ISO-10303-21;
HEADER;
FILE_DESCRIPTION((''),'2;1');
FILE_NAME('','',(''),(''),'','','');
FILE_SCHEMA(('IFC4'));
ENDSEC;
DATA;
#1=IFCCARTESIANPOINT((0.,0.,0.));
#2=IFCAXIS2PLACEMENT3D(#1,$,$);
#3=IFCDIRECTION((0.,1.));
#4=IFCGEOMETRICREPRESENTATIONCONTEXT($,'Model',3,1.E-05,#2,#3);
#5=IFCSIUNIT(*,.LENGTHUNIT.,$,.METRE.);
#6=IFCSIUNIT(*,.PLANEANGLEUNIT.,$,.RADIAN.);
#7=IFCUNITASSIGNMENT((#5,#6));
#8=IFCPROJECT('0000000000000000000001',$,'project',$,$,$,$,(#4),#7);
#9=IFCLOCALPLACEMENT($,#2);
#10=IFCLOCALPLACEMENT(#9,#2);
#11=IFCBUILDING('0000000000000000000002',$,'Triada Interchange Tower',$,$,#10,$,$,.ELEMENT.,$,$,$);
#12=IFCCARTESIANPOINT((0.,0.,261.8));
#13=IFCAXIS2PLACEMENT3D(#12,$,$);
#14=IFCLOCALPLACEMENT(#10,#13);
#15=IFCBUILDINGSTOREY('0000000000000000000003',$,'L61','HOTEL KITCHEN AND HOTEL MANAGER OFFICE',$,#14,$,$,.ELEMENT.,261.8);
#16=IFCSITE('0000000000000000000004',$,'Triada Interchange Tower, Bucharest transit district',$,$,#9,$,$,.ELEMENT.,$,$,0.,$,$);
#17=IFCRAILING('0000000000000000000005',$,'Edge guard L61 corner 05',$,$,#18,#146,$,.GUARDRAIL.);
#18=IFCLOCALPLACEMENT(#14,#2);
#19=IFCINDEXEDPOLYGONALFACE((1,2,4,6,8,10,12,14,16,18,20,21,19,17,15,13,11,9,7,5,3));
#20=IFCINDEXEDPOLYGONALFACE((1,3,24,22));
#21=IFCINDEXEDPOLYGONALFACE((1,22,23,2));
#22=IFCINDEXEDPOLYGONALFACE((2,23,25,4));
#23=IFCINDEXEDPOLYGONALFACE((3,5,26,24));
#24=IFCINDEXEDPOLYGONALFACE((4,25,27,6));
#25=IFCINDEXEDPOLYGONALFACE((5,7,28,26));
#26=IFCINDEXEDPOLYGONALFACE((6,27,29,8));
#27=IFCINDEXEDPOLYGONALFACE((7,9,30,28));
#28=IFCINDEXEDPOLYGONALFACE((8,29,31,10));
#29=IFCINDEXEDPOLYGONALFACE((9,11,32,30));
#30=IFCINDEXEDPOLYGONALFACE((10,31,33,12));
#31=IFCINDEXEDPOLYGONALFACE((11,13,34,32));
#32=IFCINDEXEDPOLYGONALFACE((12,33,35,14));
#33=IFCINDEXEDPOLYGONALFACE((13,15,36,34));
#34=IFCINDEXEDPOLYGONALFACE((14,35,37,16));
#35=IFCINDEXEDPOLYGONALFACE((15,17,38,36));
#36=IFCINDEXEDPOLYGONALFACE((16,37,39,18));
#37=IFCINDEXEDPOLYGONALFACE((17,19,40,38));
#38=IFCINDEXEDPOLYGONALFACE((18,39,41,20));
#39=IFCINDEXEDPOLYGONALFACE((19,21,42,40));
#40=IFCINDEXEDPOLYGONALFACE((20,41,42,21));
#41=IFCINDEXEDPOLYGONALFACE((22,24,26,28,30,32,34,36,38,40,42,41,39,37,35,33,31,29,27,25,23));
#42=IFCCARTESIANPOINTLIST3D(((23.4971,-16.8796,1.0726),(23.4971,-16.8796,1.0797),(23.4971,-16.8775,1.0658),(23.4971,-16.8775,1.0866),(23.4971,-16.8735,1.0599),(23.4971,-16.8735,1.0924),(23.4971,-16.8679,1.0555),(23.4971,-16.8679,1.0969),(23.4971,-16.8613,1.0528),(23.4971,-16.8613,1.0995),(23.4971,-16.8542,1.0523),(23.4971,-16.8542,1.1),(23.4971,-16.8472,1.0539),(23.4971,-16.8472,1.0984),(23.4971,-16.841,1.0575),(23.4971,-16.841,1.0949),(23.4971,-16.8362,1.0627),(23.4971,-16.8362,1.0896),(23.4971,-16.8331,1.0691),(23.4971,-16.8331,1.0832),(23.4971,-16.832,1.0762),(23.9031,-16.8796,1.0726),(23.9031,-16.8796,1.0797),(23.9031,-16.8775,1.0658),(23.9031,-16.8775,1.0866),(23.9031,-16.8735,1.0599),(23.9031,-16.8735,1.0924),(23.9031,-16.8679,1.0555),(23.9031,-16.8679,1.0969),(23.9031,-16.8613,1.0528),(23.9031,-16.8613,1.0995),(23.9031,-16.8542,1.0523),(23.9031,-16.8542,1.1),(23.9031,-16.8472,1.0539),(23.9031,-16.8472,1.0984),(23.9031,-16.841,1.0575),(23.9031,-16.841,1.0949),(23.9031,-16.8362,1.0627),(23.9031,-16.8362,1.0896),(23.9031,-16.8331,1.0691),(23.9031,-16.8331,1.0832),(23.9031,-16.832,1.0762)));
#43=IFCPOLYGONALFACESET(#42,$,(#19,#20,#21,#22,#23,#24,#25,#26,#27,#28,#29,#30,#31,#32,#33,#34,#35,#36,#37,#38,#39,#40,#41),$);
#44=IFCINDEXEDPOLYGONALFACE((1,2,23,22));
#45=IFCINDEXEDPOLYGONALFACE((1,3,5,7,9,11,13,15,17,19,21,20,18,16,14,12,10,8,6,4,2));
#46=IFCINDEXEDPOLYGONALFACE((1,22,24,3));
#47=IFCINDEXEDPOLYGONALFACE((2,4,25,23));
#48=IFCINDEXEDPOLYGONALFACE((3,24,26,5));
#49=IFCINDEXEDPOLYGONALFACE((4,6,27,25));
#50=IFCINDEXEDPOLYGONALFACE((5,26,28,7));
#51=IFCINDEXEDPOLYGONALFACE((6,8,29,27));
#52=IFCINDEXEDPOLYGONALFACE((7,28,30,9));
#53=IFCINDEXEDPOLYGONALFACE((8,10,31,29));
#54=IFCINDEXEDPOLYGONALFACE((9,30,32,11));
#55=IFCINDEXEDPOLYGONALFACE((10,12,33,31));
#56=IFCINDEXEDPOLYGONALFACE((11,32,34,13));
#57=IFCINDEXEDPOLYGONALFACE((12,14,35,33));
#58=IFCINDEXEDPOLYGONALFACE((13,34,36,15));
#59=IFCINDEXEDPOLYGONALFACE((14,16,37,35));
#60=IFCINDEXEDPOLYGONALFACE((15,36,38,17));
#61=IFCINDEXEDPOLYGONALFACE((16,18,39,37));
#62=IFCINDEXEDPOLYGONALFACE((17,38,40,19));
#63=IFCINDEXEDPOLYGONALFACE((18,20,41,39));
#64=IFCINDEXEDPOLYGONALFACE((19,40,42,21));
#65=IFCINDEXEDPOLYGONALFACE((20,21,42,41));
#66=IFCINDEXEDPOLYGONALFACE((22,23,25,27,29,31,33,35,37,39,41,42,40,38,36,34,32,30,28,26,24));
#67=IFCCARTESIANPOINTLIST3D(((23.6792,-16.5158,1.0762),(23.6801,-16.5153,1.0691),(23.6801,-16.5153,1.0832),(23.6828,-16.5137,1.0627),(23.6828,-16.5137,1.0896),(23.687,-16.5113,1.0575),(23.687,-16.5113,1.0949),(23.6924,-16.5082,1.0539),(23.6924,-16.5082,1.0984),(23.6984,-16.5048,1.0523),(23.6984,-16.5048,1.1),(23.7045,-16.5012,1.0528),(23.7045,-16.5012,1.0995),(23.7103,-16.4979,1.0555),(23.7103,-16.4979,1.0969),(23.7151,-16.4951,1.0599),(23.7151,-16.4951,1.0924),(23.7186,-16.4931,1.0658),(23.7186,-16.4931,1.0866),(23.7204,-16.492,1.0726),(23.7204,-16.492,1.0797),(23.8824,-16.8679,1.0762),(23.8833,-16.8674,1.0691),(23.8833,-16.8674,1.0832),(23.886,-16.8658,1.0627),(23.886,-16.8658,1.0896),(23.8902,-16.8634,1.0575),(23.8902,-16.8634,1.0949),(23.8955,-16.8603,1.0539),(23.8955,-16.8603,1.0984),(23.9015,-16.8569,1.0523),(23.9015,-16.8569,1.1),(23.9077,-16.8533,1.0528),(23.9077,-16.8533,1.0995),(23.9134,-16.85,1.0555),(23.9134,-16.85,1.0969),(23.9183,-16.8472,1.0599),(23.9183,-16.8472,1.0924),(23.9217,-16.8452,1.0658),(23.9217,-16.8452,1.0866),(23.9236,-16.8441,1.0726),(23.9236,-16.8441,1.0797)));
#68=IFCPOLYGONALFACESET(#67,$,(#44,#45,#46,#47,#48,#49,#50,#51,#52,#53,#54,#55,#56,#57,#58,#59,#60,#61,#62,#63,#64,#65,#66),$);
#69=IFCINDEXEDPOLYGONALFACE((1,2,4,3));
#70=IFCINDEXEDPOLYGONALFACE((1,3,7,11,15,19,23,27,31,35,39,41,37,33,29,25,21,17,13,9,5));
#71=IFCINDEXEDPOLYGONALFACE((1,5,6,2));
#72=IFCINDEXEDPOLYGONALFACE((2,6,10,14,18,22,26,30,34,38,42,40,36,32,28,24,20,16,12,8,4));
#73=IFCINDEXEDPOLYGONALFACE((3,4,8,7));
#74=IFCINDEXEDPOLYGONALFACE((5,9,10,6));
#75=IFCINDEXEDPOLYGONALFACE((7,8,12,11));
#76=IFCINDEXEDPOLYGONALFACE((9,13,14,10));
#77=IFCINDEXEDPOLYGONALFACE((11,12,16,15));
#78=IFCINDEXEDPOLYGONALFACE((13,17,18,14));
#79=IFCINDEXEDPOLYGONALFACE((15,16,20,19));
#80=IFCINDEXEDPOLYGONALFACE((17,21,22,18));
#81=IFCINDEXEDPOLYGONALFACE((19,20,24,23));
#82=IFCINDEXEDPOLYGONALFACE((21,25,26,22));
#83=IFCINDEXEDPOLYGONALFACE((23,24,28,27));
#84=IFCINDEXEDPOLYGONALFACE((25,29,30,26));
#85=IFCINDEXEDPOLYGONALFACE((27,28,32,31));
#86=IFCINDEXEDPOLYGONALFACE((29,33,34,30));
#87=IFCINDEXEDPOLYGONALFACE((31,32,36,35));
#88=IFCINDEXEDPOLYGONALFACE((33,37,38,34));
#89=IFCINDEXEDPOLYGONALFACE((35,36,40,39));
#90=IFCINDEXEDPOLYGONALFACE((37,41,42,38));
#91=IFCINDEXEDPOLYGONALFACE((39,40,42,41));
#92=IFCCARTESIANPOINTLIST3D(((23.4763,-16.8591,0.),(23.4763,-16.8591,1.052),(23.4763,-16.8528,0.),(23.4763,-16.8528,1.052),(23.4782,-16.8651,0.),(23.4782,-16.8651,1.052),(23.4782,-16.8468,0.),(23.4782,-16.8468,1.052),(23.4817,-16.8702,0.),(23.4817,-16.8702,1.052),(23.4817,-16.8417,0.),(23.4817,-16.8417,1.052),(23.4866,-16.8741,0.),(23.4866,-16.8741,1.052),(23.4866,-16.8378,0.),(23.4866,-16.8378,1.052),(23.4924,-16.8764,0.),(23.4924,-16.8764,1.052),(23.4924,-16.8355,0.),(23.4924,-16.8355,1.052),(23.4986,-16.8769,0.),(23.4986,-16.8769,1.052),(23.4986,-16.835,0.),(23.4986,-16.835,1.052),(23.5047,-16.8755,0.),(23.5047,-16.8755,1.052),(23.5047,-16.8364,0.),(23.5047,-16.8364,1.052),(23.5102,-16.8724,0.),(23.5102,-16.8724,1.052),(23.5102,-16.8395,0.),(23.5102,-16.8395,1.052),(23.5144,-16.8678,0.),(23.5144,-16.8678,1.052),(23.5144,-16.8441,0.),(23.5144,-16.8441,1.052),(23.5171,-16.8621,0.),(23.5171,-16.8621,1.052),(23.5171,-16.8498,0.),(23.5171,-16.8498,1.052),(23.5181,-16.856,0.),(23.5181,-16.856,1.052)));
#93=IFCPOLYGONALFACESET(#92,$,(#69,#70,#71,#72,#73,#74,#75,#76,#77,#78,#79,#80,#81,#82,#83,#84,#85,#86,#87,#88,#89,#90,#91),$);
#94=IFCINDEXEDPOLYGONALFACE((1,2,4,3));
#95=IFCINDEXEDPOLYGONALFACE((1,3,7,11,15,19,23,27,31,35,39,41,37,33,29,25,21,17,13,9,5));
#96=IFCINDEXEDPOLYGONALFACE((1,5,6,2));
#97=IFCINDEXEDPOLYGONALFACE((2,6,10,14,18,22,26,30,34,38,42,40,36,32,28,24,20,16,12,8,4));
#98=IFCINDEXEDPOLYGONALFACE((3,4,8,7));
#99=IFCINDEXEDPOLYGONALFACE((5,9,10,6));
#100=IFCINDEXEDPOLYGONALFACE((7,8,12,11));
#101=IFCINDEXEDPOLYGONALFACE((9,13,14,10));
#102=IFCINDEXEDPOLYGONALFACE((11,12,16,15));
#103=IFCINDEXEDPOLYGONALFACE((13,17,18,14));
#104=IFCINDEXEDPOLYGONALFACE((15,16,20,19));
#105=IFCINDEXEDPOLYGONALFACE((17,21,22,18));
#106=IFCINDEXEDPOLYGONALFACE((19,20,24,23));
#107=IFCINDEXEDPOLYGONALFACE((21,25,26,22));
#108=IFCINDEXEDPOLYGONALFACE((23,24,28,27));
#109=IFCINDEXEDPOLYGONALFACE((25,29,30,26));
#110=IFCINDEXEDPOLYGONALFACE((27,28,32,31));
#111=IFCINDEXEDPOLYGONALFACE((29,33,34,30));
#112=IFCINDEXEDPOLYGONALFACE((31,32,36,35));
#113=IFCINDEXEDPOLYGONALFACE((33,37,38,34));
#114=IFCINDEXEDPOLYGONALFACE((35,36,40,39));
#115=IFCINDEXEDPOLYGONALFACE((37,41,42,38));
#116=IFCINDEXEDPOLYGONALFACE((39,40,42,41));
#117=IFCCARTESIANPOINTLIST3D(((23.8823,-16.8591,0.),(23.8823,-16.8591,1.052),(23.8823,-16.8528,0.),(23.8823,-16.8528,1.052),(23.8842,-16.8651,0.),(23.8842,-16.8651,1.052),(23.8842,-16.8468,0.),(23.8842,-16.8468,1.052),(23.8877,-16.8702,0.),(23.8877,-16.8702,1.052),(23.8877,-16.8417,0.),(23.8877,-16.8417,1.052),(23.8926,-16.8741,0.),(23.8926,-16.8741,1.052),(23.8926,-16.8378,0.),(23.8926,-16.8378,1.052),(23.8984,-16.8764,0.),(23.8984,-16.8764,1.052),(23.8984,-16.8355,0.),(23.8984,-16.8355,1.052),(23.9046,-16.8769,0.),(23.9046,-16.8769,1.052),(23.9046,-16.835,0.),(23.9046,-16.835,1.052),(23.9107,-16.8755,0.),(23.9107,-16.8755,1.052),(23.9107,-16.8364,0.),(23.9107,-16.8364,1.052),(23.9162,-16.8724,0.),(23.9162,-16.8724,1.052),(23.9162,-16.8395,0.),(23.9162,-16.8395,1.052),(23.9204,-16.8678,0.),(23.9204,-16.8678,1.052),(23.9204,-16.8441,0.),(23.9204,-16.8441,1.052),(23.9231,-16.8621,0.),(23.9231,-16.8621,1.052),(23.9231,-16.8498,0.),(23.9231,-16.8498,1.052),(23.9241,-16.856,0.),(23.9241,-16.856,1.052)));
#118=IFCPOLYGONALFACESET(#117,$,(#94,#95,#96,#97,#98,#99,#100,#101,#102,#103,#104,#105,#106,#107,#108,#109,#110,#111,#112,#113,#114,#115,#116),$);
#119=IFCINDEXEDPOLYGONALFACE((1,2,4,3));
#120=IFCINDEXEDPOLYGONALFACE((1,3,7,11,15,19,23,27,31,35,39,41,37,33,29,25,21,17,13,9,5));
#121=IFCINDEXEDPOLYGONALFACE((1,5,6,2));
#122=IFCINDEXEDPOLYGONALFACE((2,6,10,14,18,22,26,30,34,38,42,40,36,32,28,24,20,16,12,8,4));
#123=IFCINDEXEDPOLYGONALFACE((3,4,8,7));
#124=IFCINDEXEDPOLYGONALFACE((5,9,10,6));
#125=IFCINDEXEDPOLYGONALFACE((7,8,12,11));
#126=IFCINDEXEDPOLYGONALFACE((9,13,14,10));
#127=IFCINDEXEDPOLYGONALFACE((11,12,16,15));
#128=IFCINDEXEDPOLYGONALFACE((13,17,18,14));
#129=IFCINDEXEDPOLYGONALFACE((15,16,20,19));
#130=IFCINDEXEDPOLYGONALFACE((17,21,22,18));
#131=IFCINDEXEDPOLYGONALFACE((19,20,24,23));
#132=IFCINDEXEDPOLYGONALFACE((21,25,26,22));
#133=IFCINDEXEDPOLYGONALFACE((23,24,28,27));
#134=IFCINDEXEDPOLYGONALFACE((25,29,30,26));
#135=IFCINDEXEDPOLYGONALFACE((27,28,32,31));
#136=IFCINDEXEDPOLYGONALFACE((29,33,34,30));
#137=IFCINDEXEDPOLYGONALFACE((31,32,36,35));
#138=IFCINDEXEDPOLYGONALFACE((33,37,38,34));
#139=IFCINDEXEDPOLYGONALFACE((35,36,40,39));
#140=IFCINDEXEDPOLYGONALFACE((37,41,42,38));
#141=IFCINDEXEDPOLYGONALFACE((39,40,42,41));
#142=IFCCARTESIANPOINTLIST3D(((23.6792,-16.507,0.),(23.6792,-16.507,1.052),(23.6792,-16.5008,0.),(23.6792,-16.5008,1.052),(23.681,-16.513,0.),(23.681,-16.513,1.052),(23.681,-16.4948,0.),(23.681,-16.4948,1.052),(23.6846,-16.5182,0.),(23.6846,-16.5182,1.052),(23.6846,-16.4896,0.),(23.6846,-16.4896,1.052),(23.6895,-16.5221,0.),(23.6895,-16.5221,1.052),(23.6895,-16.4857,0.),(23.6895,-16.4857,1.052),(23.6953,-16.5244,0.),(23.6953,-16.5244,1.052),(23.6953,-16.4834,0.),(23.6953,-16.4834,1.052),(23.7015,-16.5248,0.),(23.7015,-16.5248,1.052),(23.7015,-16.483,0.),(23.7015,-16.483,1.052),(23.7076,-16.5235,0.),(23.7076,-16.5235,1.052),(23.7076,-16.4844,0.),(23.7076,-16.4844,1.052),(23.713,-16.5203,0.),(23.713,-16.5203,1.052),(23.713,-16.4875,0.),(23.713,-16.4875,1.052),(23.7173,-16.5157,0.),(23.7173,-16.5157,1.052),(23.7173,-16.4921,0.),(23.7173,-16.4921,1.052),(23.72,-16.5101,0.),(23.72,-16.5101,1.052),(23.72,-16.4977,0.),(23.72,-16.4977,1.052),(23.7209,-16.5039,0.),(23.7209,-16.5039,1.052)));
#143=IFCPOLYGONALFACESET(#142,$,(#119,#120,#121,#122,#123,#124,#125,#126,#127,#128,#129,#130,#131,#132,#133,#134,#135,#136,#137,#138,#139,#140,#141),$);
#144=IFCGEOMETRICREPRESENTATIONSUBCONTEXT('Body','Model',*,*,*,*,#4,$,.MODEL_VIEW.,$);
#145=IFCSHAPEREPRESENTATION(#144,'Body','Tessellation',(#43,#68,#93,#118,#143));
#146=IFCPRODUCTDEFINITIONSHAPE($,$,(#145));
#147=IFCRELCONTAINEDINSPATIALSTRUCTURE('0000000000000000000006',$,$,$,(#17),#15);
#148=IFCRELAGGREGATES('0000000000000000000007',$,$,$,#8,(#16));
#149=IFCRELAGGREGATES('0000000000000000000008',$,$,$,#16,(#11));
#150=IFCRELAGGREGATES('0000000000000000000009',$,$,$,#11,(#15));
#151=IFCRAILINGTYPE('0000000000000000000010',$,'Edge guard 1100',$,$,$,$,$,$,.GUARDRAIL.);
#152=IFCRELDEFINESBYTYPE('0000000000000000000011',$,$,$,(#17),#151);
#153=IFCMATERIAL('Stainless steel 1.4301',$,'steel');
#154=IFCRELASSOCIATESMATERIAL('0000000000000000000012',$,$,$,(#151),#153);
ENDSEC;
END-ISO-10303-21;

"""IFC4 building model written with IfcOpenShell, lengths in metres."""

from ifc_helpers import new_model, si_unit, direction, frame, origin, origin_2d, place, context, subcontext, project, spatial, circle, extrude, material, type_object, element, save


model = new_model("IFC4")

# Units and contexts
model_context = context("Model", 3, precision=1e-05, world=origin(), true_north=direction((0.0, 1.0)))
body_context = subcontext(model_context, "Body", "Model", "MODEL_VIEW")
ifc_project = project(units=[si_unit("LENGTHUNIT", "METRE"), si_unit("PLANEANGLEUNIT", "RADIAN")], contexts=[model_context])

# Site, building, storey
site_placement = place(None, origin())
site = spatial("IfcSite", under=ifc_project, at=site_placement, Name="Triada Interchange Tower, Bucharest transit district", CompositionType="ELEMENT", RefElevation=0.0)
building_placement = place(site_placement, origin())
building = spatial("IfcBuilding", under=site, at=building_placement, Name="Triada Interchange Tower", CompositionType="ELEMENT")
storey_placement = place(building_placement, frame((0.0, 0.0, 261.8)))
storey = spatial("IfcBuildingStorey", under=building, at=storey_placement, Name="L61", Description="HOTEL KITCHEN AND HOTEL MANAGER OFFICE", CompositionType="ELEMENT", Elevation=261.8)

# Railing
ifc_material_1 = material(Name="Stainless steel 1.4301", Category="steel")
railing_type = type_object("IfcRailingType", Name="Edge guard 1100", PredefinedType="GUARDRAIL", material=ifc_material_1)
for number, where, name in (
    (1, (23.4971, -16.856, 0.0), "Edge guard L61 corner 05"),
):
    element("IfcRailing", number, at=place(storey_placement, frame(where)), inside=storey, type_object=railing_type, Name=name, PredefinedType="GUARDRAIL", context=body_context, shape_type="SweptSolid", body=[
        extrude(circle(Radius=0.0239, at=origin_2d()), frame((0.0, 0.0, 1.0762), z_axis=(1.0, 0.0, 0.0), x_axis=(0.0, 1.0, 0.0)), (0.0, 0.0, 1.0), 0.406),
        extrude(circle(Radius=0.0239, at=origin_2d()), frame((0.406, 0.0, 1.0762), z_axis=(-0.499757, 0.866166, 0.0), x_axis=(-0.866166, -0.499757, 0.0)), (0.0, 0.0, 1.0), 0.4065),
        extrude(circle(Radius=0.021, at=origin_2d()), origin(), (0.0, 0.0, 1.0), 1.052),
        extrude(circle(Radius=0.021, at=origin_2d()), frame((0.406, 0.0, 0.0)), (0.0, 0.0, 1.0), 1.052),
        extrude(circle(Radius=0.021, at=origin_2d()), frame((0.2029, 0.3521, 0.0)), (0.0, 0.0, 1.0), 1.052),
    ])

save(model, "model.ifc")
